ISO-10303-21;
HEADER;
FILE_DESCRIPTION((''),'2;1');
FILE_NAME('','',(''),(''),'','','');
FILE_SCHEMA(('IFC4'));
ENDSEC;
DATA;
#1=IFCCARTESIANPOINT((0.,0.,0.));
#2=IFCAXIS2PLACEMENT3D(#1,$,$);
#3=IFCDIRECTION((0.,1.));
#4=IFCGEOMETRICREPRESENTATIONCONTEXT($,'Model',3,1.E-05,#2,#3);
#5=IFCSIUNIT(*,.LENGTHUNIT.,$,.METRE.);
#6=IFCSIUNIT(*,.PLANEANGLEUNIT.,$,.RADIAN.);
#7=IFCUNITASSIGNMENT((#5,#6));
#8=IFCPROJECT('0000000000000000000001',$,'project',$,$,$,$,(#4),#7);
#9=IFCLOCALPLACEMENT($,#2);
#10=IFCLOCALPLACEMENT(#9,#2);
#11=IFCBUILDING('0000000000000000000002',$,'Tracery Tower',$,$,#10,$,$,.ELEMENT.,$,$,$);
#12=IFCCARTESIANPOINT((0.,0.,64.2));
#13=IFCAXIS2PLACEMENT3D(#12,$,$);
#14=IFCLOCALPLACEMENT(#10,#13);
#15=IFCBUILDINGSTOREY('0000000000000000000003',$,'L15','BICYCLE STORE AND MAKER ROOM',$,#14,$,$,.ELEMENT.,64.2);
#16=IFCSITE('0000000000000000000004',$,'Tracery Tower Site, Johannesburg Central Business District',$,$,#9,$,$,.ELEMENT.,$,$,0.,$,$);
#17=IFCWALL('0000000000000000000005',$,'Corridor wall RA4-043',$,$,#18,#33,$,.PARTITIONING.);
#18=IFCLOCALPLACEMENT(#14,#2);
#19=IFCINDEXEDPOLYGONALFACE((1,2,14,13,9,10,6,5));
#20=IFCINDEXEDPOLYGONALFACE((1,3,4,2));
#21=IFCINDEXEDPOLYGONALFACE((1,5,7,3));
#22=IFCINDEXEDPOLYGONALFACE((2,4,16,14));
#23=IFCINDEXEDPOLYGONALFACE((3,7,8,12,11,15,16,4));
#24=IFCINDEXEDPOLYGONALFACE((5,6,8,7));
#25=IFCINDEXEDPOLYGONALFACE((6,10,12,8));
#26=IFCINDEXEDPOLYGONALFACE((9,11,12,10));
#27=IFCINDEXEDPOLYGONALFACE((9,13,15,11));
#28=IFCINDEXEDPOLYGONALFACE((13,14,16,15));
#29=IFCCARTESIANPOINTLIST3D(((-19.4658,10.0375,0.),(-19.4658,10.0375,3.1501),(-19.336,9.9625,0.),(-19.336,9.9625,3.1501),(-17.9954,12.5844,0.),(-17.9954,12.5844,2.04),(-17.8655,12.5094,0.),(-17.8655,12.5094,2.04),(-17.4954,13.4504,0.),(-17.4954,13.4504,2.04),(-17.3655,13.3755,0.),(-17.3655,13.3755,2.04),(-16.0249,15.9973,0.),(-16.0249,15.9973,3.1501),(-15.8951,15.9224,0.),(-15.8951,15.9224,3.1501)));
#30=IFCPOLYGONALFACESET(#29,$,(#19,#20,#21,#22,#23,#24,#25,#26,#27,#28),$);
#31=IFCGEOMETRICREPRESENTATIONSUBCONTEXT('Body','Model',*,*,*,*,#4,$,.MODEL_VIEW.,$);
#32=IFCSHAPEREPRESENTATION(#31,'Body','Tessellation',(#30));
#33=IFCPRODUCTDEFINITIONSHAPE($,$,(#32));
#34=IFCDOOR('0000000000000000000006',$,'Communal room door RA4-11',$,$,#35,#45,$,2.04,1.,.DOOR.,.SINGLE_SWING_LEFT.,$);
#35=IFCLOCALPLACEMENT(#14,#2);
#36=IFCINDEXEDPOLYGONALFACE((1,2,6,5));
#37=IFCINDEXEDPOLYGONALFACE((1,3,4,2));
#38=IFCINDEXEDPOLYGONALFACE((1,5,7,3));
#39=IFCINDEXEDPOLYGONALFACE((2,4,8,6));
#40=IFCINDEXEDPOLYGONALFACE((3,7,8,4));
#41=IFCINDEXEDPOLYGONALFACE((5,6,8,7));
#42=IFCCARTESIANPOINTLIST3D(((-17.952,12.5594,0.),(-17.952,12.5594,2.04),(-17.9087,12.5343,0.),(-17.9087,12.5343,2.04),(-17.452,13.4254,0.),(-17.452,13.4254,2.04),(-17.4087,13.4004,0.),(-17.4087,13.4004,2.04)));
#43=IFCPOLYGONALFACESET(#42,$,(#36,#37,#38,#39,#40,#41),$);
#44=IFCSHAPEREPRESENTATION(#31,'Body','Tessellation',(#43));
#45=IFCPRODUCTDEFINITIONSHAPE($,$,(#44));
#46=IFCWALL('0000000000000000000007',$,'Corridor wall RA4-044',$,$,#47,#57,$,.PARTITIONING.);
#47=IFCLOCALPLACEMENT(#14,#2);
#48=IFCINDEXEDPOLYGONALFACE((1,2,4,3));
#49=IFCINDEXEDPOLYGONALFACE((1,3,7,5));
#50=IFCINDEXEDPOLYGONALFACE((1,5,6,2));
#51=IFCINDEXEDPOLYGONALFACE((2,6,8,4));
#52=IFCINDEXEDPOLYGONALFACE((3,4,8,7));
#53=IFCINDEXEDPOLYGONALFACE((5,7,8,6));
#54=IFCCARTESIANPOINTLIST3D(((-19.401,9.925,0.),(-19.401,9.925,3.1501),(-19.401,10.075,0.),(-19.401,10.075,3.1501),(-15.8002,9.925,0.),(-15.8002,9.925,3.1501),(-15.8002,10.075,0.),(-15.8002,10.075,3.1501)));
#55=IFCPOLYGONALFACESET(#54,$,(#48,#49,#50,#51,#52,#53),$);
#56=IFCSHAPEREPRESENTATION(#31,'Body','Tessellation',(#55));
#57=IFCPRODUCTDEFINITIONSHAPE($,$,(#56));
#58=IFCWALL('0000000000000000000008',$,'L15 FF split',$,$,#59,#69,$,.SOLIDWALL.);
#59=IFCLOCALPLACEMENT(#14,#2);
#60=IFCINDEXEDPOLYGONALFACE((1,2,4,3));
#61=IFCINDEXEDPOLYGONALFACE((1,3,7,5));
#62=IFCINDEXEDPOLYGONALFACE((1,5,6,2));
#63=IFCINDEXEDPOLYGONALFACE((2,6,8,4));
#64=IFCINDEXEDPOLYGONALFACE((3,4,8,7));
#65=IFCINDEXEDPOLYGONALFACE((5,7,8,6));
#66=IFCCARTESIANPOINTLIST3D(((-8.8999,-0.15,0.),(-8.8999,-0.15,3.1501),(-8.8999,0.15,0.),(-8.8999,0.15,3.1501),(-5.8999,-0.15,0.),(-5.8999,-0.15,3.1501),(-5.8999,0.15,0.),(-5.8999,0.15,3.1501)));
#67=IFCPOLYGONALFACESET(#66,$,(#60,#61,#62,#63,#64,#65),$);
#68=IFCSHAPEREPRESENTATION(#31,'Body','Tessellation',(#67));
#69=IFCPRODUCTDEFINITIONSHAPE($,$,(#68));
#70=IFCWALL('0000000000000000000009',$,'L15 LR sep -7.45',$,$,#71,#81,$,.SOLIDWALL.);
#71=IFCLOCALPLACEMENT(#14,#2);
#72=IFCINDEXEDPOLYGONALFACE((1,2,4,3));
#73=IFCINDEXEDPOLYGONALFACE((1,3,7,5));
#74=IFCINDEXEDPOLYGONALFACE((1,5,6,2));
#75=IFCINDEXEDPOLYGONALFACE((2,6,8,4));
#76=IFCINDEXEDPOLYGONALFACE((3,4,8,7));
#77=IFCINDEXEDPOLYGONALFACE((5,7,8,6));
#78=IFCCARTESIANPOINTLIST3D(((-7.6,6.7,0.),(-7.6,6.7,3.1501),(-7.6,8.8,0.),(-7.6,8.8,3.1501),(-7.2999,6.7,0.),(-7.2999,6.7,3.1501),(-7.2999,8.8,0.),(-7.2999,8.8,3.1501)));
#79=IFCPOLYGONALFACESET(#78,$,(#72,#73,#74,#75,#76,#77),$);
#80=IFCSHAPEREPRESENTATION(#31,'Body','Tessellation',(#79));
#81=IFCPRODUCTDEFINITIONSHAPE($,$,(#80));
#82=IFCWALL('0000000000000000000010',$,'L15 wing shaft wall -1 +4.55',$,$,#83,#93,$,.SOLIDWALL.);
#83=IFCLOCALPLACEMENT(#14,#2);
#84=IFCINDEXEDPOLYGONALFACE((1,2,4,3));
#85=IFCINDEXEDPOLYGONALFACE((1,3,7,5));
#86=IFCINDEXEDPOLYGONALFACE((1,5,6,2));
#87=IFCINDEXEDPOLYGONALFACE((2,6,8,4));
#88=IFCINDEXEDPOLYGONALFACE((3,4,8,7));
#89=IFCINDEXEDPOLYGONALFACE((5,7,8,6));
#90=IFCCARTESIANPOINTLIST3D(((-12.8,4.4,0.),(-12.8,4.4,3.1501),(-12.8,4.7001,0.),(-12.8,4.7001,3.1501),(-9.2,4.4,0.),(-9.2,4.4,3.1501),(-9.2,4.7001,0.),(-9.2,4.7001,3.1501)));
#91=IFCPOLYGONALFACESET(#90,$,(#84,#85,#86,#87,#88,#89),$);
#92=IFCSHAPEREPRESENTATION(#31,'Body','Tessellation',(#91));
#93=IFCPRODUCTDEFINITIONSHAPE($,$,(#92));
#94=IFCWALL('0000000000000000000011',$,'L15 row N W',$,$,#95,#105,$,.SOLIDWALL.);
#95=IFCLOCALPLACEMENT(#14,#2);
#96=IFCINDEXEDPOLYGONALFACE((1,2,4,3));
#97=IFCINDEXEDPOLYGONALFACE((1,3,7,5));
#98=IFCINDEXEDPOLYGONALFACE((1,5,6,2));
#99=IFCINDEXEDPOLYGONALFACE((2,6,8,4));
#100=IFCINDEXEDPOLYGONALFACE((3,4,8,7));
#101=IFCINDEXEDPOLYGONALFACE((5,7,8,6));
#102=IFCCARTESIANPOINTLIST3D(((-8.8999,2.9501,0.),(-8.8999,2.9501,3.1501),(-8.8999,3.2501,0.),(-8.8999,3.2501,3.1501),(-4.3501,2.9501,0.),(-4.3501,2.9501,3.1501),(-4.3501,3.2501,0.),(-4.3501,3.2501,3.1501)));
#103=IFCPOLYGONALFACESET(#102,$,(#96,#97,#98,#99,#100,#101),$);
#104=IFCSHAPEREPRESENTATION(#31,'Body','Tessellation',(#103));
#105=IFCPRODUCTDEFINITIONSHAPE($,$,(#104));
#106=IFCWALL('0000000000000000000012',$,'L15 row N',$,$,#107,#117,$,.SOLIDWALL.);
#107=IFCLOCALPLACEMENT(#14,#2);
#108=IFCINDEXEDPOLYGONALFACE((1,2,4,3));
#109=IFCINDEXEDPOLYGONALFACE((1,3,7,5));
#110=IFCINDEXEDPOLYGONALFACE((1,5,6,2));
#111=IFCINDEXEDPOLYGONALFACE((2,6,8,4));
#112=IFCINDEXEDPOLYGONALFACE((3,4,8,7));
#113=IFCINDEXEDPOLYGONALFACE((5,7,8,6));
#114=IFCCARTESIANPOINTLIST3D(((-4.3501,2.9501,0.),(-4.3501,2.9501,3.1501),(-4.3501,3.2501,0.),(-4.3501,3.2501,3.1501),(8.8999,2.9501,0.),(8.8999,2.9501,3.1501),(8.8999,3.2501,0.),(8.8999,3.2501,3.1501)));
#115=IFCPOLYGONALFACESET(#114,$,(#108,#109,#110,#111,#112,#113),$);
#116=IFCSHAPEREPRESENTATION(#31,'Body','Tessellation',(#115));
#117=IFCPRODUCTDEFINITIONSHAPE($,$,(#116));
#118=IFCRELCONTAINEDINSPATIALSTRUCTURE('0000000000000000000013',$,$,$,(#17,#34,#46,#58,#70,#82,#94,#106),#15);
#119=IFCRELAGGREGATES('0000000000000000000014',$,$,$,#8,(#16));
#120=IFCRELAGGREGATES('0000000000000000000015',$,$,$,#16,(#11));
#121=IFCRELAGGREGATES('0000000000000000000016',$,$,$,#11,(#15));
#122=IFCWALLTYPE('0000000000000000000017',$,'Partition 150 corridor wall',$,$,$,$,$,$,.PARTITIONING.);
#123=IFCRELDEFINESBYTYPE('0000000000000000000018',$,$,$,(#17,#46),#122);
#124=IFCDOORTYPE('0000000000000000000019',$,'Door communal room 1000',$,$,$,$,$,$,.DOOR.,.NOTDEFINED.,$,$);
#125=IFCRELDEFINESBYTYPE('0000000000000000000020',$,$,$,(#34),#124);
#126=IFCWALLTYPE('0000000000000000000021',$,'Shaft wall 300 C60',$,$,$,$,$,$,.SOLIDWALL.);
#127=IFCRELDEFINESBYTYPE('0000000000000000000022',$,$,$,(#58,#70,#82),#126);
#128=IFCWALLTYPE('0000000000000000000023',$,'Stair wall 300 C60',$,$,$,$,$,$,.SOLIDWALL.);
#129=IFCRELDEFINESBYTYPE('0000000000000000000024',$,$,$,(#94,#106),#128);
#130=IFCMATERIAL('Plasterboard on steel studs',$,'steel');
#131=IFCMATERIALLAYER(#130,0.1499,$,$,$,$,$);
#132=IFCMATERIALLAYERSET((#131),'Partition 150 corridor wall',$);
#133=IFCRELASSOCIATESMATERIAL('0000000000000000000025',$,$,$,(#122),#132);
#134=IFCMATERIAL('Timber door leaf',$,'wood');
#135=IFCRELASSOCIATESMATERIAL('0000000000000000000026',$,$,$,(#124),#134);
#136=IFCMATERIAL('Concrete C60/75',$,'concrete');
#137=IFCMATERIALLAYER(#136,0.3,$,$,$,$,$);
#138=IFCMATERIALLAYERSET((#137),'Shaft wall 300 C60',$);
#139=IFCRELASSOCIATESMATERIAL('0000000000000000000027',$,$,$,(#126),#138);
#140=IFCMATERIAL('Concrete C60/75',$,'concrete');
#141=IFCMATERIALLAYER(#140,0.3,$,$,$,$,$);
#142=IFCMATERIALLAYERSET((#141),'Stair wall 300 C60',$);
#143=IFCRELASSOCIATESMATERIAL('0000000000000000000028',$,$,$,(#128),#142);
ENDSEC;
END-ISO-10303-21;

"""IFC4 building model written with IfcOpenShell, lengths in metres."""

from ifc_helpers import new_model, si_unit, direction, frame, frame_2d, origin, place, context, subcontext, project, spatial, rectangle, extrude, material, layer, layer_set, type_object, element, fill, save


model = new_model("IFC4")

# Units and contexts
model_context = context("Model", 3, precision=1e-05, world=origin(), true_north=direction((0.0, 1.0)))
body_context = subcontext(model_context, "Body", "Model", "MODEL_VIEW")
ifc_project = project(units=[si_unit("LENGTHUNIT", "METRE"), si_unit("PLANEANGLEUNIT", "RADIAN")], contexts=[model_context])

# Site, building, storey
site_placement = place(None, origin())
site = spatial("IfcSite", under=ifc_project, at=site_placement, Name="Tracery Tower Site, Johannesburg Central Business District", CompositionType="ELEMENT", RefElevation=0.0)
building_placement = place(site_placement, origin())
building = spatial("IfcBuilding", under=site, at=building_placement, Name="Tracery Tower", CompositionType="ELEMENT")
storey_placement = place(building_placement, frame((0.0, 0.0, 64.2)))
storey = spatial("IfcBuildingStorey", under=building, at=storey_placement, Name="L15", Description="BICYCLE STORE AND MAKER ROOM", CompositionType="ELEMENT", Elevation=64.2)

# Shared definitions
ifc_material_1 = material(Name="Plasterboard on steel studs", Category="steel")
ifc_layer_1 = layer(ifc_material_1, 0.1499)
ifc_layer_set_1 = layer_set([ifc_layer_1], Name="Partition 150 corridor wall")
wall_type_1 = type_object("IfcWallType", Name="Partition 150 corridor wall", PredefinedType="PARTITIONING", material=ifc_layer_set_1)

# Wall, opening, door
wall_1_placement = place(storey_placement, frame((-19.4009, 10.0, 0.0), z_axis=(0.0, 0.0, 1.0), x_axis=(0.499993, 0.86603, 0.0)))
wall_1 = element("IfcWall", 1, at=wall_1_placement, inside=storey, type_object=wall_type_1, Name="Corridor wall RA4-043", PredefinedType="PARTITIONING", context=body_context, shape_type="SweptSolid", body=[
    extrude(rectangle(XDim=6.8818, YDim=0.1499, at=frame_2d((3.4409, 0.0))), origin(), (0.0, 0.0, 1.0), 3.1501),
])
opening_1_placement = place(wall_1_placement, frame((2.9409, 0.0, 0.0)))
opening_1 = element("IfcOpeningElement", 2, at=opening_1_placement, cuts=wall_1, PredefinedType="OPENING", context=body_context, shape_type="SweptSolid", body=[
    extrude(rectangle(XDim=1.0, YDim=2.04, at=frame_2d((0.5, 1.02))), frame((0.0, 0.075, 0.0), z_axis=(0.0, -1.0, 0.0), x_axis=(1.0, 0.0, 0.0)), (0.0, 0.0, 1.0), 0.1499),
])
ifc_material_2 = material(Name="Timber door leaf", Category="wood")
door_type_1 = type_object("IfcDoorType", Name="Door communal room 1000", OperationType="NOTDEFINED", PredefinedType="DOOR", material=ifc_material_2)
door_1_placement = place(opening_1_placement, origin())
door_1 = element("IfcDoor", 3, at=door_1_placement, inside=storey, type_object=door_type_1, Name="Communal room door RA4-11", OperationType="SINGLE_SWING_LEFT", OverallHeight=2.04, OverallWidth=1.0, PredefinedType="DOOR", context=body_context, shape_type="SweptSolid", body=[
    extrude(rectangle(XDim=1.0, YDim=2.04, at=frame_2d((0.5, 1.02))), frame((0.0, 0.0249, 0.0), z_axis=(0.0, -1.0, 0.0), x_axis=(1.0, 0.0, 0.0)), (0.0, 0.0, 1.0), 0.05),
])
fill(opening_1, door_1)

# Walls
wall_2_placement = place(storey_placement, frame((-19.4009, 10.0, 0.0), z_axis=(0.0, 0.0, 1.0), x_axis=(1.0, 0.0, 0.0)))
element("IfcWall", 4, at=wall_2_placement, inside=storey, type_object=wall_type_1, Name="Corridor wall RA4-044", PredefinedType="PARTITIONING", context=body_context, shape_type="SweptSolid", body=[
    extrude(rectangle(XDim=3.6008, YDim=0.1499, at=frame_2d((1.8003, 0.0))), origin(), (0.0, 0.0, 1.0), 3.1501),
])
ifc_material_3 = material(Name="Concrete C60/75", Category="concrete")
ifc_layer_2 = layer(ifc_material_3, 0.3)
ifc_layer_set_2 = layer_set([ifc_layer_2], Name="Shaft wall 300 C60")
wall_type_2 = type_object("IfcWallType", Name="Shaft wall 300 C60", PredefinedType="SOLIDWALL", material=ifc_layer_set_2)
wall_3_placement = place(storey_placement, frame((-8.8999, 0.0, 0.0), z_axis=(0.0, 0.0, 1.0), x_axis=(1.0, 0.0, 0.0)))
element("IfcWall", 5, at=wall_3_placement, inside=storey, type_object=wall_type_2, Name="L15 FF split", PredefinedType="SOLIDWALL", context=body_context, shape_type="SweptSolid", body=[
    extrude(rectangle(XDim=3.0, YDim=0.3, at=frame_2d((1.5, 0.0))), origin(), (0.0, 0.0, 1.0), 3.1501),
])
wall_4_placement = place(storey_placement, frame((-7.45, 6.7, 0.0), z_axis=(0.0, 0.0, 1.0), x_axis=(0.0, 1.0, 0.0)))
element("IfcWall", 6, at=wall_4_placement, inside=storey, type_object=wall_type_2, Name="L15 LR sep -7.45", PredefinedType="SOLIDWALL", context=body_context, shape_type="SweptSolid", body=[
    extrude(rectangle(XDim=2.1001, YDim=0.3, at=frame_2d((1.05, 0.0))), origin(), (0.0, 0.0, 1.0), 3.1501),
])

# Wall
wall_5_placement = place(storey_placement, frame((-12.8, 4.55, 0.0), z_axis=(0.0, 0.0, 1.0), x_axis=(1.0, 0.0, 0.0)))
element("IfcWall", 7, at=wall_5_placement, inside=storey, type_object=wall_type_2, Name="L15 wing shaft wall -1 +4.55", PredefinedType="SOLIDWALL", context=body_context, shape_type="SweptSolid", body=[
    extrude(rectangle(XDim=3.6001, YDim=0.3, at=frame_2d((1.8, 0.0))), origin(), (0.0, 0.0, 1.0), 3.1501),
])

# Walls
ifc_material_4 = material(Name="Concrete C60/75", Category="concrete")
ifc_layer_3 = layer(ifc_material_4, 0.3)
ifc_layer_set_3 = layer_set([ifc_layer_3], Name="Stair wall 300 C60")
wall_type_3 = type_object("IfcWallType", Name="Stair wall 300 C60", PredefinedType="SOLIDWALL", material=ifc_layer_set_3)
wall_6_placement = place(storey_placement, frame((-8.8999, 3.1001, 0.0), z_axis=(0.0, 0.0, 1.0), x_axis=(1.0, 0.0, 0.0)))
element("IfcWall", 8, at=wall_6_placement, inside=storey, type_object=wall_type_3, Name="L15 row N W", PredefinedType="SOLIDWALL", context=body_context, shape_type="SweptSolid", body=[
    extrude(rectangle(XDim=4.5498, YDim=0.3, at=frame_2d((2.2749, 0.0))), origin(), (0.0, 0.0, 1.0), 3.1501),
])
wall_7_placement = place(storey_placement, frame((-4.3501, 3.1001, 0.0), z_axis=(0.0, 0.0, 1.0), x_axis=(1.0, 0.0, 0.0)))
element("IfcWall", 9, at=wall_7_placement, inside=storey, type_object=wall_type_3, Name="L15 row N", PredefinedType="SOLIDWALL", context=body_context, shape_type="SweptSolid", body=[
    extrude(rectangle(XDim=13.25, YDim=0.3, at=frame_2d((6.625, 0.0))), origin(), (0.0, 0.0, 1.0), 3.1501),
])

save(model, "model.ifc")
